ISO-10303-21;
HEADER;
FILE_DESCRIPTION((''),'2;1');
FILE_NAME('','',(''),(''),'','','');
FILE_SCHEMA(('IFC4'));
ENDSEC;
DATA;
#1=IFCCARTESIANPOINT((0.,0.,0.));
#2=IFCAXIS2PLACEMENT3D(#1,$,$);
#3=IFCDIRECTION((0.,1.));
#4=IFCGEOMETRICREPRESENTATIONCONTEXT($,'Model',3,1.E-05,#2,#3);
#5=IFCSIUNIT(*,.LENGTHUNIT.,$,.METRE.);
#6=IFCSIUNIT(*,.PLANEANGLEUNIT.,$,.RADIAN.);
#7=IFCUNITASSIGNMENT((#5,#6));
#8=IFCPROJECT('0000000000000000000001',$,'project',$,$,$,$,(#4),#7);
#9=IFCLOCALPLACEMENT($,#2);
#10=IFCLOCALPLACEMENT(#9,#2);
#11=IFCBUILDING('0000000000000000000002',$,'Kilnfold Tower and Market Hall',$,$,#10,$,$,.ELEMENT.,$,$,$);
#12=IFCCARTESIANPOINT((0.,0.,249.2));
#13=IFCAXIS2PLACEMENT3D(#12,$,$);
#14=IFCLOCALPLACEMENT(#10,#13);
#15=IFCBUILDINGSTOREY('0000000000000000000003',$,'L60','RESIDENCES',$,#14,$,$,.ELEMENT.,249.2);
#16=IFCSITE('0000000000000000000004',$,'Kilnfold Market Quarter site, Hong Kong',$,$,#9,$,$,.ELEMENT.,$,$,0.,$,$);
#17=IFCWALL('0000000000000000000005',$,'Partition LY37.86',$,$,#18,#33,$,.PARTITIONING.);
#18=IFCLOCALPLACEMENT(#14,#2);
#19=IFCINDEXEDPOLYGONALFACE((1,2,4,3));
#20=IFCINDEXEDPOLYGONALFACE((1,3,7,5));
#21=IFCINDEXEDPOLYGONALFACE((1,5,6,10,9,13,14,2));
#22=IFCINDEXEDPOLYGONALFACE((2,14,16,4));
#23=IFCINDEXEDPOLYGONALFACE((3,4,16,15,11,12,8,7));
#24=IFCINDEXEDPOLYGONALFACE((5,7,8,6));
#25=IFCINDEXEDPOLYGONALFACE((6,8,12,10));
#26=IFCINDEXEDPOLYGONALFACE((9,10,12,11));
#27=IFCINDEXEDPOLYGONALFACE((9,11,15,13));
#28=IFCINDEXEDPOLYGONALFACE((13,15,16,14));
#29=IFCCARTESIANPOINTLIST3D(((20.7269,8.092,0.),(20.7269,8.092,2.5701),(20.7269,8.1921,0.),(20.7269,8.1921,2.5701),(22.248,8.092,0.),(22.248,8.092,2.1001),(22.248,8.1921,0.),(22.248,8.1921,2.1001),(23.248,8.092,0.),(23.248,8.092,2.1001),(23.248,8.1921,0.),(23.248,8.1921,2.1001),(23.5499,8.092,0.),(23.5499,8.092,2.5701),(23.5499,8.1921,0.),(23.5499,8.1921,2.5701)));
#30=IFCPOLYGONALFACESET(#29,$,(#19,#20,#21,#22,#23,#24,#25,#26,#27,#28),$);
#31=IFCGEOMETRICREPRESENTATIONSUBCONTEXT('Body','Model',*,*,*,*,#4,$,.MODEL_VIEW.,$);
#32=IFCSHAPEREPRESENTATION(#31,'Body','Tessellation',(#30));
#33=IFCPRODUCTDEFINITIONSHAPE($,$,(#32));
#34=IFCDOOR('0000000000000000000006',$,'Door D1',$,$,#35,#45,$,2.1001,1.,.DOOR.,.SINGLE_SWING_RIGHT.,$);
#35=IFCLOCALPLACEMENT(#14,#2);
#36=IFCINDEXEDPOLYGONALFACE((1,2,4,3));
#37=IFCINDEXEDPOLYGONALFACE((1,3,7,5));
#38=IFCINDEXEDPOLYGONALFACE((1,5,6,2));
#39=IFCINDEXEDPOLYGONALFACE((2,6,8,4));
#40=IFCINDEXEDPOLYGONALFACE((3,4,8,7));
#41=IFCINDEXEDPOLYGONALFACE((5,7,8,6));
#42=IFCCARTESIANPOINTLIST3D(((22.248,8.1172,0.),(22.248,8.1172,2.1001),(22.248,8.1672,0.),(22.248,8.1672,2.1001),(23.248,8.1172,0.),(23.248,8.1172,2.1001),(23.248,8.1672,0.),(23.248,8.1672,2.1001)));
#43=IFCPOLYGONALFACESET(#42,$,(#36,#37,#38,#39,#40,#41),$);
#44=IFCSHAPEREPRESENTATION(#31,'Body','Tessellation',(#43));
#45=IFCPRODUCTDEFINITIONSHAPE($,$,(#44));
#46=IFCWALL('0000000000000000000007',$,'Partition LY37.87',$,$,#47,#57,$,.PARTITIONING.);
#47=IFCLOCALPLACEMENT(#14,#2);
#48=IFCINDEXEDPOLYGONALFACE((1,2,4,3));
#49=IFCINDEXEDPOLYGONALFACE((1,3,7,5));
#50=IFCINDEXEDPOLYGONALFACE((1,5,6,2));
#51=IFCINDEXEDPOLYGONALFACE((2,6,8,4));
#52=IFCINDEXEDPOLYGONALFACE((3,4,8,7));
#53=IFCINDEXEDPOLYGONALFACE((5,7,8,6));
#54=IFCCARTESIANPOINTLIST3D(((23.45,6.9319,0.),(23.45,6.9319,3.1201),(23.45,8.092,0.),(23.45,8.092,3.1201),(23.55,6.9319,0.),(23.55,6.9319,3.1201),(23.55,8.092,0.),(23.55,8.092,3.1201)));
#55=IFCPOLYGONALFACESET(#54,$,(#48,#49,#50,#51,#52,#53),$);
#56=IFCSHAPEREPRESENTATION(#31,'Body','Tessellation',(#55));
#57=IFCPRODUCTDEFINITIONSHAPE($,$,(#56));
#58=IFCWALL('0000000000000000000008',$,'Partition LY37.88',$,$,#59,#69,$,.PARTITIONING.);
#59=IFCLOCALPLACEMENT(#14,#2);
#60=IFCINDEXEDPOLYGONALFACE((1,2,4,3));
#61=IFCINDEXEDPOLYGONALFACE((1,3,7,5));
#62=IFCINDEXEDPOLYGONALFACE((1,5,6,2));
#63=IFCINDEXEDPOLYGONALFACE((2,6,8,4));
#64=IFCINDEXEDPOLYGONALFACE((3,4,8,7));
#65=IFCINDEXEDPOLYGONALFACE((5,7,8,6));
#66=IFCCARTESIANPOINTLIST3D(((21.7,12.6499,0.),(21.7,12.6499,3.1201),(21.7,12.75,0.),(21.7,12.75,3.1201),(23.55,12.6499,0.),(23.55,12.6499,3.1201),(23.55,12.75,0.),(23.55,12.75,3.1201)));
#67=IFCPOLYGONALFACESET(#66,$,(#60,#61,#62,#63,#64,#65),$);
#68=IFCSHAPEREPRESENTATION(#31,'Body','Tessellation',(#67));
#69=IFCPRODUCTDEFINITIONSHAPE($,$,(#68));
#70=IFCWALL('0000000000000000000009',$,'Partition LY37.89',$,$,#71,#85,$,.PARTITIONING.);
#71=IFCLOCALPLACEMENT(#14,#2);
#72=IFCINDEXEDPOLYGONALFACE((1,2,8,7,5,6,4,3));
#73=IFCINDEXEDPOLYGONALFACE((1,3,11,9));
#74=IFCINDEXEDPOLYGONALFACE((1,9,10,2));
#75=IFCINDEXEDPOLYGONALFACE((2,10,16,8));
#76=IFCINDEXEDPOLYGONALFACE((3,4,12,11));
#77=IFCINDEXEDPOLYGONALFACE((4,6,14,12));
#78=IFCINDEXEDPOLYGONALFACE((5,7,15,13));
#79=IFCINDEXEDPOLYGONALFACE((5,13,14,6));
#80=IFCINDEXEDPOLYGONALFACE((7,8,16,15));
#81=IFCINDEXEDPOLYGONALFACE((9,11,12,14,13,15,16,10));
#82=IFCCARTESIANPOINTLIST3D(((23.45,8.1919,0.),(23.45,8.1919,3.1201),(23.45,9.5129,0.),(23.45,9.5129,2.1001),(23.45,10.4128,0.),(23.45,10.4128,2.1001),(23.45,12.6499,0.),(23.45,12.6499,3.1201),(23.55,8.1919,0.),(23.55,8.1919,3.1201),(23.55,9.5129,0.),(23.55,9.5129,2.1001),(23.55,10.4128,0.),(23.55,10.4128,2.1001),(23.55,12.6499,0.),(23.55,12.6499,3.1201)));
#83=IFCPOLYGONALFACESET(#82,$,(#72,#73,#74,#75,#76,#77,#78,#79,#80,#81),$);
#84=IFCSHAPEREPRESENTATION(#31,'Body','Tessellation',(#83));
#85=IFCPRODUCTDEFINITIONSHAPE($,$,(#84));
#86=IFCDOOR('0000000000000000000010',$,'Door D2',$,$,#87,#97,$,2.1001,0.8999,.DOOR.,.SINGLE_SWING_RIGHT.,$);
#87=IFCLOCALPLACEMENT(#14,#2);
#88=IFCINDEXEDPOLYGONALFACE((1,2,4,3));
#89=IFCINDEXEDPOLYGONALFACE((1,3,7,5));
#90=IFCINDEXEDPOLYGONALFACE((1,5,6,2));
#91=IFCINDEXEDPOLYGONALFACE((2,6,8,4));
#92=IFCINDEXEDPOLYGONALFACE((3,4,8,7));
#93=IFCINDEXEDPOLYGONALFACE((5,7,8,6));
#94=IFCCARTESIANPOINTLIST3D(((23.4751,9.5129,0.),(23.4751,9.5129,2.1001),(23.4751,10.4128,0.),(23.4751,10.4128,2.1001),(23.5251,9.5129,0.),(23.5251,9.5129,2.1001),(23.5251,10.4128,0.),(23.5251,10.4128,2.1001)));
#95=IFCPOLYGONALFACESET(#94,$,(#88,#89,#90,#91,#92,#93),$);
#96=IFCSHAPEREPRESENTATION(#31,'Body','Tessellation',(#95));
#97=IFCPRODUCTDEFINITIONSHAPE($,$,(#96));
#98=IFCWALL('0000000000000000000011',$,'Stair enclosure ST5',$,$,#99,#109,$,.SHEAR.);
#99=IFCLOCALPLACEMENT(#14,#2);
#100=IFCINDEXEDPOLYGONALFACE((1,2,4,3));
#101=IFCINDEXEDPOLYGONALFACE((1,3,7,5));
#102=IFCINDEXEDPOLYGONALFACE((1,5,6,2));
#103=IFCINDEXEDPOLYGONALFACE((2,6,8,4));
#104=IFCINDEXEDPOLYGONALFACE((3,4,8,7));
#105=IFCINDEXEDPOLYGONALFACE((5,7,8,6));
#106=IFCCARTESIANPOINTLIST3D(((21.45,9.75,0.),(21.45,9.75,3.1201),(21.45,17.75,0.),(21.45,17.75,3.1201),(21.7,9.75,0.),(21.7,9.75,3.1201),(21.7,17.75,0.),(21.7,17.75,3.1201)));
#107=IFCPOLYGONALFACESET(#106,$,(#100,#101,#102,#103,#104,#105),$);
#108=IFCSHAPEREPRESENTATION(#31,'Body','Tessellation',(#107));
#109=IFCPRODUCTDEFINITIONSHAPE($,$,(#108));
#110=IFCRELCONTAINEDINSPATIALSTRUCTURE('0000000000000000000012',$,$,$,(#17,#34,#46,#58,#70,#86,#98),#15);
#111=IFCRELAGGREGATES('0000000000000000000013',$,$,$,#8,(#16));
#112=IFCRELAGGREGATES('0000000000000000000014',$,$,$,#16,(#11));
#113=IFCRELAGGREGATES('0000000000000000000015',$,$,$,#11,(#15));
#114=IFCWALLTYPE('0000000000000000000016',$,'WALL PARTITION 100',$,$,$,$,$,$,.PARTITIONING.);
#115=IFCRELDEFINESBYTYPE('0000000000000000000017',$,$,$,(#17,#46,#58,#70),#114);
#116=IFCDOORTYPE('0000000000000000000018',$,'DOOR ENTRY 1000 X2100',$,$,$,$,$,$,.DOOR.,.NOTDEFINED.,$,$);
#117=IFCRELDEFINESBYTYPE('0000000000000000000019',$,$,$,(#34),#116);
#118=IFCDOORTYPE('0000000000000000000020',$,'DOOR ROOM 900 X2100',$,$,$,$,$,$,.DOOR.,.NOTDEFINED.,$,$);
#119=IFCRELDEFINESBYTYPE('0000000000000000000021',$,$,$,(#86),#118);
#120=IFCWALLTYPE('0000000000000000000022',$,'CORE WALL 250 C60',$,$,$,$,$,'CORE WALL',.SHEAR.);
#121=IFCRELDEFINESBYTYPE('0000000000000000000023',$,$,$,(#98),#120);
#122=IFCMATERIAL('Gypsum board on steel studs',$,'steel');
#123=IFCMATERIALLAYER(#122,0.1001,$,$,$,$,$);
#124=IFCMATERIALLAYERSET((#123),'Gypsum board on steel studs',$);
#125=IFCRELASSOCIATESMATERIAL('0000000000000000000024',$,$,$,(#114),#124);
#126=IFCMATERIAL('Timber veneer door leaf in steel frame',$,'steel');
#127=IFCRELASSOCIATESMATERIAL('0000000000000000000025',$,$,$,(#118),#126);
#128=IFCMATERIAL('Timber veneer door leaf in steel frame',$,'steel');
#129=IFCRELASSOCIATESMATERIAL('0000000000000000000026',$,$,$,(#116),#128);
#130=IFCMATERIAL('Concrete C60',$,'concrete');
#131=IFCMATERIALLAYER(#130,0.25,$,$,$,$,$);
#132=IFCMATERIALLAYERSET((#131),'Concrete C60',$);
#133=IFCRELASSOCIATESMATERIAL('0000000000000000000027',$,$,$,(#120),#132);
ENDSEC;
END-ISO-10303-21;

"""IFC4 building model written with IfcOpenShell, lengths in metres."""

from ifc_helpers import new_model, si_unit, direction, frame, frame_2d, origin, place, context, subcontext, project, spatial, rectangle, extrude, source, transform, mapped, material, layer, layer_set, type_object, element, fill, save


model = new_model("IFC4")

# Units and contexts
model_context = context("Model", 3, precision=1e-05, world=origin(), true_north=direction((0.0, 1.0)))
body_context = subcontext(model_context, "Body", "Model", "MODEL_VIEW")
ifc_project = project(units=[si_unit("LENGTHUNIT", "METRE"), si_unit("PLANEANGLEUNIT", "RADIAN")], contexts=[model_context])

# Site, building, storey
site_placement = place(None, origin())
site = spatial("IfcSite", under=ifc_project, at=site_placement, Name="Kilnfold Market Quarter site, Hong Kong", CompositionType="ELEMENT", RefElevation=0.0)
building_placement = place(site_placement, origin())
building = spatial("IfcBuilding", under=site, at=building_placement, Name="Kilnfold Tower and Market Hall", CompositionType="ELEMENT")
storey_placement = place(building_placement, frame((0.0, 0.0, 249.2)))
storey = spatial("IfcBuildingStorey", under=building, at=storey_placement, Name="L60", Description="RESIDENCES", CompositionType="ELEMENT", Elevation=249.2)

# Shared definitions
ifc_material_1 = material(Name="Gypsum board on steel studs", Category="steel")
ifc_layer_1 = layer(ifc_material_1, 0.1001)
ifc_layer_set_1 = layer_set([ifc_layer_1], Name="Gypsum board on steel studs")
wall_type_1 = type_object("IfcWallType", Name="WALL PARTITION 100", PredefinedType="PARTITIONING", material=ifc_layer_set_1)

# Wall, opening, door
ifc_material_2 = material(Name="Timber veneer door leaf in steel frame", Category="steel")
door_type_1 = type_object("IfcDoorType", Name="DOOR ROOM 900 X2100", OperationType="NOTDEFINED", PredefinedType="DOOR", material=ifc_material_2)
wall_1_placement = place(storey_placement, frame((23.55, 8.1421, 0.0), z_axis=(0.0, 0.0, 1.0), x_axis=(-1.0, 0.0, 0.0)))
wall_1 = element("IfcWall", 1, at=wall_1_placement, inside=storey, type_object=wall_type_1, Name="Partition LY37.86", PredefinedType="PARTITIONING", context=body_context, shape_type="SweptSolid", body=[
    extrude(rectangle(XDim=2.823, YDim=0.1001, at=frame_2d((1.4116, 0.0))), origin(), (0.0, 0.0, 1.0), 2.5701),
])
opening_1_placement = place(wall_1_placement, frame((0.302, 0.0, 0.0)))
opening_1 = element("IfcOpeningElement", 2, at=opening_1_placement, cuts=wall_1, PredefinedType="OPENING", context=body_context, shape_type="SweptSolid", body=[
    extrude(rectangle(XDim=1.0, YDim=2.1001, at=frame_2d((0.5, 1.05))), frame((0.0, 0.0601, 0.0), z_axis=(0.0, -1.0, 0.0), x_axis=(1.0, 0.0, 0.0)), (0.0, 0.0, 1.0), 0.1201),
])
ifc_material_3 = material(Name="Timber veneer door leaf in steel frame", Category="steel")
door_type_2 = type_object("IfcDoorType", Name="DOOR ENTRY 1000 X2100", OperationType="NOTDEFINED", PredefinedType="DOOR", material=ifc_material_3)
door_1_placement = place(opening_1_placement, origin())
door_1 = element("IfcDoor", 3, at=door_1_placement, inside=storey, type_object=door_type_2, Name="Door D1", OperationType="SINGLE_SWING_RIGHT", OverallHeight=2.1001, OverallWidth=1.0, PredefinedType="DOOR", context=body_context, shape_type="SweptSolid", body=[
    extrude(rectangle(XDim=1.0, YDim=2.1001, at=frame_2d((0.5, 1.05))), frame((0.0, 0.0249, 0.0), z_axis=(0.0, -1.0, 0.0), x_axis=(1.0, 0.0, 0.0)), (0.0, 0.0, 1.0), 0.05),
])
fill(opening_1, door_1)

# Walls
wall_2_placement = place(storey_placement, frame((23.5, 6.9319, 0.0), z_axis=(0.0, 0.0, 1.0), x_axis=(0.0, 1.0, 0.0)))
element("IfcWall", 4, at=wall_2_placement, inside=storey, type_object=wall_type_1, Name="Partition LY37.87", PredefinedType="PARTITIONING", context=body_context, shape_type="SweptSolid", body=[
    extrude(rectangle(XDim=1.1602, YDim=0.1001, at=frame_2d((0.5801, 0.0))), origin(), (0.0, 0.0, 1.0), 3.1201),
])
wall_3_placement = place(storey_placement, frame((23.55, 12.7, 0.0), z_axis=(0.0, 0.0, 1.0), x_axis=(-1.0, 0.0, 0.0)))
element("IfcWall", 5, at=wall_3_placement, inside=storey, type_object=wall_type_1, Name="Partition LY37.88", PredefinedType="PARTITIONING", context=body_context, shape_type="SweptSolid", body=[
    extrude(rectangle(XDim=1.8501, YDim=0.1001, at=frame_2d((0.925, 0.0))), origin(), (0.0, 0.0, 1.0), 3.1201),
])

# Wall, opening, door
wall_4_placement = place(storey_placement, frame((23.5, 8.1919, 0.0), z_axis=(0.0, 0.0, 1.0), x_axis=(0.0, 1.0, 0.0)))
wall_4 = element("IfcWall", 6, at=wall_4_placement, inside=storey, type_object=wall_type_1, Name="Partition LY37.89", PredefinedType="PARTITIONING", context=body_context, shape_type="SweptSolid", body=[
    extrude(rectangle(XDim=4.458, YDim=0.1001, at=frame_2d((2.229, 0.0))), origin(), (0.0, 0.0, 1.0), 3.1201),
])
opening_2_placement = place(wall_4_placement, frame((1.321, 0.0, 0.0)))
opening_2 = element("IfcOpeningElement", 7, at=opening_2_placement, cuts=wall_4, PredefinedType="OPENING", context=body_context, shape_type="SweptSolid", body=[
    extrude(rectangle(XDim=0.8999, YDim=2.1001, at=frame_2d((0.45, 1.05))), frame((0.0, 0.0601, 0.0), z_axis=(0.0, -1.0, 0.0), x_axis=(1.0, 0.0, 0.0)), (0.0, 0.0, 1.0), 0.1201),
])
door_2_placement = place(opening_2_placement, origin())
door_2 = element("IfcDoor", 8, at=door_2_placement, inside=storey, type_object=door_type_1, Name="Door D2", OperationType="SINGLE_SWING_RIGHT", OverallHeight=2.1001, OverallWidth=0.8999, PredefinedType="DOOR", context=body_context, shape_type="SweptSolid", body=[
    extrude(rectangle(XDim=0.8999, YDim=2.1001, at=frame_2d((0.45, 1.05))), frame((0.0, 0.0249, 0.0), z_axis=(0.0, -1.0, 0.0), x_axis=(1.0, 0.0, 0.0)), (0.0, 0.0, 1.0), 0.05),
])
fill(opening_2, door_2)

# Wall
ifc_material_4 = material(Name="Concrete C60", Category="concrete")
ifc_layer_2 = layer(ifc_material_4, 0.25)
ifc_layer_set_2 = layer_set([ifc_layer_2], Name="Concrete C60")
wall_type_2 = type_object("IfcWallType", Name="CORE WALL 250 C60", ElementType="CORE WALL", PredefinedType="SHEAR", material=ifc_layer_set_2)
shared_shape_1 = source(origin(), body_context, "Body", "SweptSolid", [
    extrude(rectangle(XDim=8.0, YDim=0.25, at=frame_2d((4.0, 0.0))), origin(), (0.0, 0.0, 1.0), 3.1201),
])
wall_5_placement = place(storey_placement, frame((21.575, 9.75, 0.0), z_axis=(0.0, 0.0, 1.0), x_axis=(0.0, 1.0, 0.0)))
element("IfcWall", 9, at=wall_5_placement, inside=storey, type_object=wall_type_2, Name="Stair enclosure ST5", PredefinedType="SHEAR", context=body_context, shape_type="MappedRepresentation", body=[
    mapped(shared_shape_1, transform((0.0, 0.0, 0.0))),
])

save(model, "model.ifc")
